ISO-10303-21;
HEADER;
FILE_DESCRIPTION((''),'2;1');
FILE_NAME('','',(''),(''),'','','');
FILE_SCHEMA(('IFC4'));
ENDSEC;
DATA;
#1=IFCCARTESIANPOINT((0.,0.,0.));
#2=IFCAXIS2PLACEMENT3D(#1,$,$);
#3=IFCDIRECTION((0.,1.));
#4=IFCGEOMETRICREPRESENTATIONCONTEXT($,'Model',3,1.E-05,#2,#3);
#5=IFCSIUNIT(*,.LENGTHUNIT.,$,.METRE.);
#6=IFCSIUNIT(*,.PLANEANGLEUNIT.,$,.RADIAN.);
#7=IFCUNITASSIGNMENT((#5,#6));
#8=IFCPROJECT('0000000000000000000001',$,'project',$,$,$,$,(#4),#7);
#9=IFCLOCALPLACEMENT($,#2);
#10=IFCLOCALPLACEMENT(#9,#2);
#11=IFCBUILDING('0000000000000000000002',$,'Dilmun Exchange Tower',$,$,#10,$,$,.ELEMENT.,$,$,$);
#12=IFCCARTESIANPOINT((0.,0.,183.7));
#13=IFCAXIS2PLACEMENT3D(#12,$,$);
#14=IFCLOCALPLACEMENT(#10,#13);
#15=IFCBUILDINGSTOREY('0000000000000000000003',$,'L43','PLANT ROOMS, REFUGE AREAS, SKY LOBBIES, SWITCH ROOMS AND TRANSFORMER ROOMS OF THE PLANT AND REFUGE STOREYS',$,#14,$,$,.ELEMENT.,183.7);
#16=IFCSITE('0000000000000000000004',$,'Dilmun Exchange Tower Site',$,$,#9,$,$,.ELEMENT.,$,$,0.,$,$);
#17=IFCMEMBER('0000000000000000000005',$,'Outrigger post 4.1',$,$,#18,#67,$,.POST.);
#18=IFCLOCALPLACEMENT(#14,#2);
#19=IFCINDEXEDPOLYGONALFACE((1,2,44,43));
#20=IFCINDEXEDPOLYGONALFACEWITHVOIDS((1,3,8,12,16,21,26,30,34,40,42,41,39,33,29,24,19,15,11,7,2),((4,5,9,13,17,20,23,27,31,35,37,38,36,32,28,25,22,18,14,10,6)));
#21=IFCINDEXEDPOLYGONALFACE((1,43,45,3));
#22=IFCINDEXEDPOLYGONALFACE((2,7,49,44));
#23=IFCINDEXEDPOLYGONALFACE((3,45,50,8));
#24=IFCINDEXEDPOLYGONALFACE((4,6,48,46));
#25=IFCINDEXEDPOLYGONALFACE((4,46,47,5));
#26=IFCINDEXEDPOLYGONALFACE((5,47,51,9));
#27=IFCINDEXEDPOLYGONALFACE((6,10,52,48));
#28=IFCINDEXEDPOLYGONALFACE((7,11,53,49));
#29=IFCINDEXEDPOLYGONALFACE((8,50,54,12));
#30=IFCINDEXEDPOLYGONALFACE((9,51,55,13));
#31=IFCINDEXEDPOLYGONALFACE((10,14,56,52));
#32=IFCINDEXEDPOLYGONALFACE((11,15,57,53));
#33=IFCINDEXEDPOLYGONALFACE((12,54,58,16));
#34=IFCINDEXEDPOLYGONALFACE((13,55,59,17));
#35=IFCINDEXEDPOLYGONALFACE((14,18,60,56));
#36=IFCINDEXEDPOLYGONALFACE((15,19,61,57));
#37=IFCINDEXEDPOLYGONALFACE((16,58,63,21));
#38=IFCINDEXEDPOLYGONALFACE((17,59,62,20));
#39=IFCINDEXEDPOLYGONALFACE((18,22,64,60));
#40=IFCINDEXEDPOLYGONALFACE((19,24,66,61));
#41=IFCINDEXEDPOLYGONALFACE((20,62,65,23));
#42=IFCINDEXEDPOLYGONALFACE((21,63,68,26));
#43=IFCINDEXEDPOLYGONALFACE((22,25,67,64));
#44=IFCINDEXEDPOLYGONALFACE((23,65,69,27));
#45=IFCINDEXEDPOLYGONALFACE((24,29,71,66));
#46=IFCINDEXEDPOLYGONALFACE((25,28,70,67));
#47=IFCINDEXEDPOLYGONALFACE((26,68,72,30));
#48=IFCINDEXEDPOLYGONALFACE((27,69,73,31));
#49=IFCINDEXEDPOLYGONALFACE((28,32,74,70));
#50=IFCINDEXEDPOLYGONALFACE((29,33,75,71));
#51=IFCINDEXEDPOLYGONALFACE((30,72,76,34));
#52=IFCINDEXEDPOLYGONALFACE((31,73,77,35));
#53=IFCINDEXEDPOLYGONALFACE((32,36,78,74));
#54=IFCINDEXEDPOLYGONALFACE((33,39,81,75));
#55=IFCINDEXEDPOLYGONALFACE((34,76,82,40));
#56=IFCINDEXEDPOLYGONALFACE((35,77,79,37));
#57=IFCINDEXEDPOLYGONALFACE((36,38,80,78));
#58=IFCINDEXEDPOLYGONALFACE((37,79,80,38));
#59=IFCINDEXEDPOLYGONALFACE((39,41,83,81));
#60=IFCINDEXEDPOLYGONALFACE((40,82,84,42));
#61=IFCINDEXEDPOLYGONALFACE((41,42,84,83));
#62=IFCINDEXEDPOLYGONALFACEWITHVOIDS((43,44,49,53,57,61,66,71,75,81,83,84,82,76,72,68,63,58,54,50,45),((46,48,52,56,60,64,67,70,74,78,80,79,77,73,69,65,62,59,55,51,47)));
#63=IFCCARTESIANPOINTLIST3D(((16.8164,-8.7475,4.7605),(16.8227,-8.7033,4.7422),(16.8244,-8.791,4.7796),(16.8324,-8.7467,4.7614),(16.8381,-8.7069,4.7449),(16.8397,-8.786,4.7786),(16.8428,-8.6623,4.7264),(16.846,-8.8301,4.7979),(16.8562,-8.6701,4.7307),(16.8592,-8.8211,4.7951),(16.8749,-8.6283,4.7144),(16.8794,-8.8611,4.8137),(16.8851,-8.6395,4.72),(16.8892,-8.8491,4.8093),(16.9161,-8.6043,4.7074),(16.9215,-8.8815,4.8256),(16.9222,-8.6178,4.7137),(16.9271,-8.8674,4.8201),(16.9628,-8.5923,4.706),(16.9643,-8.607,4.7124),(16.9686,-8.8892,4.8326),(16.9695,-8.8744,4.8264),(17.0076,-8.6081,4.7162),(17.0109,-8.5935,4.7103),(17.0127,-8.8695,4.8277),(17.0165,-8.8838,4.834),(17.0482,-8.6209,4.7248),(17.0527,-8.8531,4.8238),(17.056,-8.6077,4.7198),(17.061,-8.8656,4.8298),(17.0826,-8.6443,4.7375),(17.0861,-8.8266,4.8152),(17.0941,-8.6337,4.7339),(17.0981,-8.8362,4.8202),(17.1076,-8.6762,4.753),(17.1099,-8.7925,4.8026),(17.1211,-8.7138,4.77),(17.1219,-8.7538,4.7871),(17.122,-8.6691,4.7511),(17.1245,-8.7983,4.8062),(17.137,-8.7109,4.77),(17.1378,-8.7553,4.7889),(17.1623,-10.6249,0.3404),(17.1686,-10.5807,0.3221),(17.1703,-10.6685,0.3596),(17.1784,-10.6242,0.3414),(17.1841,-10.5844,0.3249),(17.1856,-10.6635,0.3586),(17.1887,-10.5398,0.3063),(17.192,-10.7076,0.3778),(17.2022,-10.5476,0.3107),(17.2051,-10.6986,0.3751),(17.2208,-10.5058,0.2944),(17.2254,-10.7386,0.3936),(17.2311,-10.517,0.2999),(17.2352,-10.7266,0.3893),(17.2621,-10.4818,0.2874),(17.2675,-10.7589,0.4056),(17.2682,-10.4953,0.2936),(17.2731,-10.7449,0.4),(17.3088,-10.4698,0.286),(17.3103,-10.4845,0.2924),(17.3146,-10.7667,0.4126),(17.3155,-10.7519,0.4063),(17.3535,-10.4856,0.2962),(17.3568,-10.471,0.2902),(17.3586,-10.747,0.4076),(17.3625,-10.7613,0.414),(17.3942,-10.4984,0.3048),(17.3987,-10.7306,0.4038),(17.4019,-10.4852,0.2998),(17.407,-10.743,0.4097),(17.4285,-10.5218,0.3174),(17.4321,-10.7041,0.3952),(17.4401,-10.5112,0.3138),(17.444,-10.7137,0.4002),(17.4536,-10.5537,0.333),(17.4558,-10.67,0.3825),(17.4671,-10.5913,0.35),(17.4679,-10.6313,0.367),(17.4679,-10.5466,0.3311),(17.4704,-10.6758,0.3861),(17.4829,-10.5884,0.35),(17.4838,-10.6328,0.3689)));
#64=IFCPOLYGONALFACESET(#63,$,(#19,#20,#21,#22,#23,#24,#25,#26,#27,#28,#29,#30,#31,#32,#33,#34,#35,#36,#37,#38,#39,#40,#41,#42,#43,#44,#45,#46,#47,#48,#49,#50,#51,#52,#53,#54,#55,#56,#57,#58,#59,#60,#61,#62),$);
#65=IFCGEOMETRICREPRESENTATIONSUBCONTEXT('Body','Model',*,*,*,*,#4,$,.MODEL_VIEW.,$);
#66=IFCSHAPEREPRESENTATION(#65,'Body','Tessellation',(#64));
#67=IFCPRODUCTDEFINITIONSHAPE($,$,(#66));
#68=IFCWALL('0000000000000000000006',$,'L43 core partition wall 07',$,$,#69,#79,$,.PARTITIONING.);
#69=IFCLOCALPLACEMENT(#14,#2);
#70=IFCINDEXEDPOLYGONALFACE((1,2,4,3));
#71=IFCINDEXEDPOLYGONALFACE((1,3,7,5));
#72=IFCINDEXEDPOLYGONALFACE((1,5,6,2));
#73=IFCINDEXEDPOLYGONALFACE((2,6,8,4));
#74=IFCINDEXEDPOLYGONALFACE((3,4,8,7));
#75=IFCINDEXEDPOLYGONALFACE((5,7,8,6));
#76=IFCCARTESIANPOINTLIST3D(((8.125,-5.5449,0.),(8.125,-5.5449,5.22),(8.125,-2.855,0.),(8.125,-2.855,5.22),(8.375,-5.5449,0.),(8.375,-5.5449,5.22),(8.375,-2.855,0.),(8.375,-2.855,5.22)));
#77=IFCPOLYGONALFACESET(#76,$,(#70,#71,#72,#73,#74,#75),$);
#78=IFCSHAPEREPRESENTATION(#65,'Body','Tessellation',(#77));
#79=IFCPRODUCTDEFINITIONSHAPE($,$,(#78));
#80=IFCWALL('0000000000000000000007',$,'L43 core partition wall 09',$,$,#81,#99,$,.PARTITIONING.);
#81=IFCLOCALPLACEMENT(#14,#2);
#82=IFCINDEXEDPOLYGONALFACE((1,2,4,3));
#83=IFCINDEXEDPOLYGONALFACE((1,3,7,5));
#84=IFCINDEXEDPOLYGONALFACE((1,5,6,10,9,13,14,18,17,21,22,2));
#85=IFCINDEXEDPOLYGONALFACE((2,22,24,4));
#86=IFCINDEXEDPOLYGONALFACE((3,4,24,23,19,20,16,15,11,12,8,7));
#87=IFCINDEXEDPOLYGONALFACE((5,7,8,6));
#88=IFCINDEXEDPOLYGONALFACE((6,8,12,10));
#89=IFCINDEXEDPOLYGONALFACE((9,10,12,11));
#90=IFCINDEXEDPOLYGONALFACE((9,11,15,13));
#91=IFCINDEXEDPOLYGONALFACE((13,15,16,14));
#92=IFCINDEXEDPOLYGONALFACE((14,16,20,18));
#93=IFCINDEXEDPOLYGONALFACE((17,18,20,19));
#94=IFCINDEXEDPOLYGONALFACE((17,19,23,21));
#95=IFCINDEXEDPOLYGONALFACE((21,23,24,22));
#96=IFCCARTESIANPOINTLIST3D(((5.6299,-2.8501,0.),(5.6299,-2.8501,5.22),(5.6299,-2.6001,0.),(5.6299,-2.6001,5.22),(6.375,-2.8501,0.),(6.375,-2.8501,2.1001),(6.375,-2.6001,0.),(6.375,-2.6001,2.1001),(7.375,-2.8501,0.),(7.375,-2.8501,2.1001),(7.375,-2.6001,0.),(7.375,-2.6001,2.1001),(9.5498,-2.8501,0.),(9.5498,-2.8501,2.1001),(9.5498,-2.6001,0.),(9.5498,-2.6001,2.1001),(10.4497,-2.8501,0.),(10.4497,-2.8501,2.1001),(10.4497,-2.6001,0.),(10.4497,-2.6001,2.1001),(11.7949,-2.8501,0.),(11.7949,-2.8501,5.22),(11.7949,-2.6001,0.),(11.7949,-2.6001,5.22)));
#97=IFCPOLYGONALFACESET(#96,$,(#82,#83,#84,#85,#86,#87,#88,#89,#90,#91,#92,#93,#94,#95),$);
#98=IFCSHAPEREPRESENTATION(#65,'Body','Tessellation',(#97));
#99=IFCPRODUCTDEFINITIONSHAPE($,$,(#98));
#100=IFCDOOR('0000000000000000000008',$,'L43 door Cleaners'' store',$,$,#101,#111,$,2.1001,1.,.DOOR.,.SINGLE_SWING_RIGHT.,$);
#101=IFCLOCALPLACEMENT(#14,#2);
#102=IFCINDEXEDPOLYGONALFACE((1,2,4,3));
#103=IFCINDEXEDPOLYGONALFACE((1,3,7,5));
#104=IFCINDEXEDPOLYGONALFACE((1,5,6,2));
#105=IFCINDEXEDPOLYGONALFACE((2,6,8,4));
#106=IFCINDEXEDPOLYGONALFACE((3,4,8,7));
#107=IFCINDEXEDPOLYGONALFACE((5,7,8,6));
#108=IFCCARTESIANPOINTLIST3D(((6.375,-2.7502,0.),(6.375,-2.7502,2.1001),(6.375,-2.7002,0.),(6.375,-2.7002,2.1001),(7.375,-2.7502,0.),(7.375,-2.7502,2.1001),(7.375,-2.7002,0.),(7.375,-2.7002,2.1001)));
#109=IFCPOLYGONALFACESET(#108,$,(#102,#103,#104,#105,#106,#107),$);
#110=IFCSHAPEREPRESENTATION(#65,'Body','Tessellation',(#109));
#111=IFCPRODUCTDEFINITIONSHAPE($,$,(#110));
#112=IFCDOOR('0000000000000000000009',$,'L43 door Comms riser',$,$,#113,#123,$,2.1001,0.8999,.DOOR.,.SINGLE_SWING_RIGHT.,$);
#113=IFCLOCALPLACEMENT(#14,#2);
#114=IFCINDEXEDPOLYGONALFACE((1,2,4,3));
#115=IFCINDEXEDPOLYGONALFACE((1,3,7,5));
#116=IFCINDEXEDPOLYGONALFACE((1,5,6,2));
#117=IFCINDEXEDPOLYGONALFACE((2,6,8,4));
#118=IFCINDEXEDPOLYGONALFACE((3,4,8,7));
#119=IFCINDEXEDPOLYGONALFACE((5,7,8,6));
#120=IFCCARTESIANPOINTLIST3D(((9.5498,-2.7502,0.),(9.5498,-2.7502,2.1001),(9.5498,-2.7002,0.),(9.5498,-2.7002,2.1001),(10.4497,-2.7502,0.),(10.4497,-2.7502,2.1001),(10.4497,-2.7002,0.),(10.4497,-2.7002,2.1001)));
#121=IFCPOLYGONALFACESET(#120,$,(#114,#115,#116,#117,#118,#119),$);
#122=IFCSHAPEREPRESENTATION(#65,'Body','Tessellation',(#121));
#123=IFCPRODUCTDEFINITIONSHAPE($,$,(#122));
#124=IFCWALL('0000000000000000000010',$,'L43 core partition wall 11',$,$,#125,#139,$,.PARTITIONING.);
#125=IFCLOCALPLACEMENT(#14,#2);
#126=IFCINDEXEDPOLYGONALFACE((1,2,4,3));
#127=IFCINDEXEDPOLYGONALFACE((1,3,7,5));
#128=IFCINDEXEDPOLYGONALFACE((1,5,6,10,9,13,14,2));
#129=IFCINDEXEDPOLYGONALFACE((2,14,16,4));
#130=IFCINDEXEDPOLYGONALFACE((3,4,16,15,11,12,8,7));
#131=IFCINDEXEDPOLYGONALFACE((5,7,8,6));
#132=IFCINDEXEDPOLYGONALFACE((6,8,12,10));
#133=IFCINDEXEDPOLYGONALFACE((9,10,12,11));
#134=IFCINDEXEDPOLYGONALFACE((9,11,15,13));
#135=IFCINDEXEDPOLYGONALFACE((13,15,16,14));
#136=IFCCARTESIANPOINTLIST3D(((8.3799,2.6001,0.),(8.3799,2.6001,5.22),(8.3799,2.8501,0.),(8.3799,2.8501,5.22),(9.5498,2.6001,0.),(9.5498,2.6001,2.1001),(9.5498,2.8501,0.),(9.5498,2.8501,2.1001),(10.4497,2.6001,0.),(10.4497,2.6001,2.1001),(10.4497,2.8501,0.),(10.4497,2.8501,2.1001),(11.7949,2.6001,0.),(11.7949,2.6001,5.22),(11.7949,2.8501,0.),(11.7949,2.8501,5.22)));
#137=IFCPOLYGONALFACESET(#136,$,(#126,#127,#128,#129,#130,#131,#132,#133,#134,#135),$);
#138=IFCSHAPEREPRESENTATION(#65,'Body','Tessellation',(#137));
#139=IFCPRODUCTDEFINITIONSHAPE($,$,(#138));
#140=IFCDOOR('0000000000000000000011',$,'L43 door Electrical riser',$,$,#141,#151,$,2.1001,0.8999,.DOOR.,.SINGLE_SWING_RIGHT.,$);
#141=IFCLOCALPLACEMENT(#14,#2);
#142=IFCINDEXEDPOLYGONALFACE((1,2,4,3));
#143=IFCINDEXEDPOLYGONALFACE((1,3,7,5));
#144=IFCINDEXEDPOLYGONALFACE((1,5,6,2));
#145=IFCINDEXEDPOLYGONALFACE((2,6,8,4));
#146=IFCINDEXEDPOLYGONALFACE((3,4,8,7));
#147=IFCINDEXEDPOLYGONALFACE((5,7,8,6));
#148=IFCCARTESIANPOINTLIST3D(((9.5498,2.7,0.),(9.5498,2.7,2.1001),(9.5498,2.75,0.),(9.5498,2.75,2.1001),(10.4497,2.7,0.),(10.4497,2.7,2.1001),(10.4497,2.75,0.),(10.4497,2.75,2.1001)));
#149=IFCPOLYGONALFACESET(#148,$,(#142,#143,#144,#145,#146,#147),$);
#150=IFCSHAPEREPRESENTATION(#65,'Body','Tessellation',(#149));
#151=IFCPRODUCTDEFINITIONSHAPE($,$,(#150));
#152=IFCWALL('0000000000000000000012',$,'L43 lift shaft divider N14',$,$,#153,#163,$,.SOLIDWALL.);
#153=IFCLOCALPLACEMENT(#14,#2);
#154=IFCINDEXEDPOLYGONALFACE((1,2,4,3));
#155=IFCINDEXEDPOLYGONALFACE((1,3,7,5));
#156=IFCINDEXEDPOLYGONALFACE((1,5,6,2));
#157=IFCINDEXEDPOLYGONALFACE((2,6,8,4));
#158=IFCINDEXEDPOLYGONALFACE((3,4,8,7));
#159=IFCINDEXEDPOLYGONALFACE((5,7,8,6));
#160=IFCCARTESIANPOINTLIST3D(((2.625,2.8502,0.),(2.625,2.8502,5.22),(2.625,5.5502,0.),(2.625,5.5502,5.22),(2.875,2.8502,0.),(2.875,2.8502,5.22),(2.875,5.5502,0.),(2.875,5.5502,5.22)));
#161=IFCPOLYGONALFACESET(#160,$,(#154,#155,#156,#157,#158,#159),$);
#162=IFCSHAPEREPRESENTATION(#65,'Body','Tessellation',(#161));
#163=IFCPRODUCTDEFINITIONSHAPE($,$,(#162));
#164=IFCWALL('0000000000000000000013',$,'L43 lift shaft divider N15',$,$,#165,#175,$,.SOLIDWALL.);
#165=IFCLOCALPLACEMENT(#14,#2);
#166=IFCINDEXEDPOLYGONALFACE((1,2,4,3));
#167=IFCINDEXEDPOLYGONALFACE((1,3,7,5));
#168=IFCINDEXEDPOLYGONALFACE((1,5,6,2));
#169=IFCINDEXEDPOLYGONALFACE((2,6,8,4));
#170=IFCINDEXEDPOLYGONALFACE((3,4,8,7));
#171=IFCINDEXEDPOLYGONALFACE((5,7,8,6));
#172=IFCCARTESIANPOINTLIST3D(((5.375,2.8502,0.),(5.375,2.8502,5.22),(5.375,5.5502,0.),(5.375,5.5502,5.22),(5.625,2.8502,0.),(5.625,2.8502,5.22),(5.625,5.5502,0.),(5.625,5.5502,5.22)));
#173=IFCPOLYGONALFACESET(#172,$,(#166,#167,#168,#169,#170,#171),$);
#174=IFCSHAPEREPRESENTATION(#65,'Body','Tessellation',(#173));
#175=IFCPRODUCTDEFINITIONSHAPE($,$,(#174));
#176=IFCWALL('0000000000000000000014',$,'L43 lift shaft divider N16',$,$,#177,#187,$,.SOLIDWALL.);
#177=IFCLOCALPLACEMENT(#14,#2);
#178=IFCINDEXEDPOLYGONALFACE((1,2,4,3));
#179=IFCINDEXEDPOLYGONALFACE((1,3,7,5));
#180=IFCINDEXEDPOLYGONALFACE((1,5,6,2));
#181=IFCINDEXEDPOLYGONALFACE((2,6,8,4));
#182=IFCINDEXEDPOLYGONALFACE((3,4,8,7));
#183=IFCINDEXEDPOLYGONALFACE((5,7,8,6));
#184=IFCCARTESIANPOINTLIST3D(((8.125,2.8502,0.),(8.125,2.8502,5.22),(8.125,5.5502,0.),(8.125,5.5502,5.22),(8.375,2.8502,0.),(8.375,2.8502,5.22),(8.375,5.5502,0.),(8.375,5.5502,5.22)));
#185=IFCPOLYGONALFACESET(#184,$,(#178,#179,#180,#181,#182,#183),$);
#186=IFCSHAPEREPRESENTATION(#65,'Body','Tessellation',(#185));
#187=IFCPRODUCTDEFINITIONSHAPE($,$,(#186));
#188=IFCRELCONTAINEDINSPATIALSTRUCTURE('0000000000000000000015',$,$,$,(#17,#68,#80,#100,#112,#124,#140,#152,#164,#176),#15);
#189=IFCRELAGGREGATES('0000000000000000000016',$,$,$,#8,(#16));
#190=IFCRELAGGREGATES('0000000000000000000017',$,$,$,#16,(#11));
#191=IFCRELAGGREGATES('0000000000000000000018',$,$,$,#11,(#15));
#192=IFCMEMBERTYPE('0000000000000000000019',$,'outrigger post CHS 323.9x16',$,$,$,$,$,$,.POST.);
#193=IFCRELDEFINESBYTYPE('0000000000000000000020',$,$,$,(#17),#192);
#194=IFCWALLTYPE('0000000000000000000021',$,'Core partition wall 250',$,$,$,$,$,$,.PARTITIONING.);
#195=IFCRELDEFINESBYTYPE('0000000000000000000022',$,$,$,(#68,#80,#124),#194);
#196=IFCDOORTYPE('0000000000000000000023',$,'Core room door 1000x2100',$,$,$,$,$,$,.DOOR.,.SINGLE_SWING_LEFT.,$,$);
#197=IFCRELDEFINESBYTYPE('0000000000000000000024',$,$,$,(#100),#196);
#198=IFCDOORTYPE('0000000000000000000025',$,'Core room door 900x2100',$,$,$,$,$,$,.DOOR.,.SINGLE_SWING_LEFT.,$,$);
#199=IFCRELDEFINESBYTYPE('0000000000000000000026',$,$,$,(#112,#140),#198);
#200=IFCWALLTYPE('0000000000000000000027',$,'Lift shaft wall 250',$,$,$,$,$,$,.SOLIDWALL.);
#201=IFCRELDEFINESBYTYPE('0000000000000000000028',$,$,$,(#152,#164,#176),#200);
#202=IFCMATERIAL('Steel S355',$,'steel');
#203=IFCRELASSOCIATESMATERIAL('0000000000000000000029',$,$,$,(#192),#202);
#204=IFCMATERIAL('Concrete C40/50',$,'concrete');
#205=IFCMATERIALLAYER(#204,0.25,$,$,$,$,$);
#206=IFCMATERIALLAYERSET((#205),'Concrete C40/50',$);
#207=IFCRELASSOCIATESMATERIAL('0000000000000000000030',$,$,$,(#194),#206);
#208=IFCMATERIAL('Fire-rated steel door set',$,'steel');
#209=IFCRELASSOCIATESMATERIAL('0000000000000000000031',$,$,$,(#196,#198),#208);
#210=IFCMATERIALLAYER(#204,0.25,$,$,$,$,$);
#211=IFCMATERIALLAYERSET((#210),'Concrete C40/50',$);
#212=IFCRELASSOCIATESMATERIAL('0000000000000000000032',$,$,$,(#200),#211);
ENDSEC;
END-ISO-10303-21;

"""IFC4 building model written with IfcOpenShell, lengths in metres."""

from ifc_helpers import new_model, si_unit, direction, frame, frame_2d, origin, origin_2d, place, context, subcontext, project, spatial, rectangle, hollow_circle, extrude, material, layer, layer_set, material_profile, profile_set, type_object, element, fill, save


model = new_model("IFC4")

# Units and contexts
model_context = context("Model", 3, precision=1e-05, world=origin(), true_north=direction((0.0, 1.0)))
body_context = subcontext(model_context, "Body", "Model", "MODEL_VIEW")
ifc_project = project(units=[si_unit("LENGTHUNIT", "METRE"), si_unit("PLANEANGLEUNIT", "RADIAN")], contexts=[model_context])

# Site, building, storey
site_placement = place(None, origin())
site = spatial("IfcSite", under=ifc_project, at=site_placement, Name="Dilmun Exchange Tower Site", CompositionType="ELEMENT", RefElevation=0.0)
building_placement = place(site_placement, origin())
building = spatial("IfcBuilding", under=site, at=building_placement, Name="Dilmun Exchange Tower", CompositionType="ELEMENT")
storey_placement = place(building_placement, frame((0.0, 0.0, 183.7)))
storey = spatial("IfcBuildingStorey", under=building, at=storey_placement, Name="L43", Description="PLANT ROOMS, REFUGE AREAS, SKY LOBBIES, SWITCH ROOMS AND TRANSFORMER ROOMS OF THE PLANT AND REFUGE STOREYS", CompositionType="ELEMENT", Elevation=183.7)

# Member
ifc_material_1 = material(Name="Steel S355", Category="steel")
ifc_material_profile = material_profile(ifc_material_1, hollow_circle(Radius=0.1619, WallThickness=0.0161, at=origin_2d()), Name="CHS 323.9x16")
ifc_profile_set = profile_set([ifc_material_profile], Name="Steel S355")
member_type = type_object("IfcMemberType", Name="outrigger post CHS 323.9x16", PredefinedType="POST", material=ifc_profile_set)
member_placement = place(storey_placement, frame((16.9778, -8.7402, 4.77), z_axis=(0.071854, -0.389949, -0.918029), x_axis=(0.983444, 0.181215, 0.0)))
element("IfcMember", 1, at=member_placement, inside=storey, type_object=member_type, Name="Outrigger post 4.1", PredefinedType="POST", context=body_context, shape_type="SweptSolid", body=[
    extrude(hollow_circle(Radius=0.1619, WallThickness=0.0161, at=origin_2d()), origin(), (0.0, 0.0, 1.0), 4.8147),
])

# Wall
ifc_material_2 = material(Name="Concrete C40/50", Category="concrete")
ifc_layer_1 = layer(ifc_material_2, 0.25)
ifc_layer_set_1 = layer_set([ifc_layer_1], Name="Concrete C40/50")
wall_type_1 = type_object("IfcWallType", Name="Core partition wall 250", PredefinedType="PARTITIONING", material=ifc_layer_set_1)
wall_1_placement = place(storey_placement, frame((8.25, -5.5449, 0.0), z_axis=(0.0, 0.0, 1.0), x_axis=(0.0, 1.0, 0.0)))
element("IfcWall", 2, at=wall_1_placement, inside=storey, type_object=wall_type_1, Name="L43 core partition wall 07", PredefinedType="PARTITIONING", context=body_context, shape_type="SweptSolid", body=[
    extrude(rectangle(XDim=2.6899, YDim=0.25, at=frame_2d((1.345, 0.0))), origin(), (0.0, 0.0, 1.0), 5.22),
])

# Wall, openings, doors
wall_2_placement = place(storey_placement, frame((5.6299, -2.7251, 0.0), z_axis=(0.0, 0.0, 1.0), x_axis=(1.0, 0.0, 0.0)))
wall_2 = element("IfcWall", 3, at=wall_2_placement, inside=storey, type_object=wall_type_1, Name="L43 core partition wall 09", PredefinedType="PARTITIONING", context=body_context, shape_type="SweptSolid", body=[
    extrude(rectangle(XDim=6.165, YDim=0.25, at=frame_2d((3.0825, 0.0))), origin(), (0.0, 0.0, 1.0), 5.22),
])
opening_1_placement = place(wall_2_placement, frame((0.7451, 0.0, 0.0)))
opening_1 = element("IfcOpeningElement", 4, at=opening_1_placement, cuts=wall_2, PredefinedType="OPENING", context=body_context, shape_type="SweptSolid", body=[
    extrude(rectangle(XDim=1.0, YDim=2.1001, at=frame_2d((0.5, 1.05))), frame((0.0, 0.135, 0.0), z_axis=(0.0, -1.0, 0.0), x_axis=(1.0, 0.0, 0.0)), (0.0, 0.0, 1.0), 0.27),
])
opening_2_placement = place(wall_2_placement, frame((3.9199, 0.0, 0.0)))
opening_2 = element("IfcOpeningElement", 5, at=opening_2_placement, cuts=wall_2, PredefinedType="OPENING", context=body_context, shape_type="SweptSolid", body=[
    extrude(rectangle(XDim=0.8999, YDim=2.1001, at=frame_2d((0.45, 1.05))), frame((0.0, 0.135, 0.0), z_axis=(0.0, -1.0, 0.0), x_axis=(1.0, 0.0, 0.0)), (0.0, 0.0, 1.0), 0.27),
])
ifc_material_3 = material(Name="Fire-rated steel door set", Category="steel")
door_type_1 = type_object("IfcDoorType", Name="Core room door 1000x2100", OperationType="SINGLE_SWING_LEFT", PredefinedType="DOOR", material=ifc_material_3)
door_1_placement = place(opening_1_placement, origin())
door_1 = element("IfcDoor", 6, at=door_1_placement, inside=storey, type_object=door_type_1, Name="L43 door Cleaners' store", OperationType="SINGLE_SWING_RIGHT", OverallHeight=2.1001, OverallWidth=1.0, PredefinedType="DOOR", context=body_context, shape_type="SweptSolid", body=[
    extrude(rectangle(XDim=1.0, YDim=2.1001, at=frame_2d((0.5, 1.05))), frame((0.0, 0.0249, 0.0), z_axis=(0.0, -1.0, 0.0), x_axis=(1.0, 0.0, 0.0)), (0.0, 0.0, 1.0), 0.05),
])
fill(opening_1, door_1)
door_type_2 = type_object("IfcDoorType", Name="Core room door 900x2100", OperationType="SINGLE_SWING_LEFT", PredefinedType="DOOR", material=ifc_material_3)
door_2_placement = place(opening_2_placement, origin())
door_2 = element("IfcDoor", 7, at=door_2_placement, inside=storey, type_object=door_type_2, Name="L43 door Comms riser", OperationType="SINGLE_SWING_RIGHT", OverallHeight=2.1001, OverallWidth=0.8999, PredefinedType="DOOR", context=body_context, shape_type="SweptSolid", body=[
    extrude(rectangle(XDim=0.8999, YDim=2.1001, at=frame_2d((0.45, 1.05))), frame((0.0, 0.0249, 0.0), z_axis=(0.0, -1.0, 0.0), x_axis=(1.0, 0.0, 0.0)), (0.0, 0.0, 1.0), 0.05),
])
fill(opening_2, door_2)

# Wall, opening, door
wall_3_placement = place(storey_placement, frame((8.3799, 2.7251, 0.0), z_axis=(0.0, 0.0, 1.0), x_axis=(1.0, 0.0, 0.0)))
wall_3 = element("IfcWall", 8, at=wall_3_placement, inside=storey, type_object=wall_type_1, Name="L43 core partition wall 11", PredefinedType="PARTITIONING", context=body_context, shape_type="SweptSolid", body=[
    extrude(rectangle(XDim=3.415, YDim=0.25, at=frame_2d((1.7075, 0.0))), origin(), (0.0, 0.0, 1.0), 5.22),
])
opening_3_placement = place(wall_3_placement, frame((1.1699, 0.0, 0.0)))
opening_3 = element("IfcOpeningElement", 9, at=opening_3_placement, cuts=wall_3, PredefinedType="OPENING", context=body_context, shape_type="SweptSolid", body=[
    extrude(rectangle(XDim=0.8999, YDim=2.1001, at=frame_2d((0.45, 1.05))), frame((0.0, 0.135, 0.0), z_axis=(0.0, -1.0, 0.0), x_axis=(1.0, 0.0, 0.0)), (0.0, 0.0, 1.0), 0.27),
])
door_3_placement = place(opening_3_placement, origin())
door_3 = element("IfcDoor", 10, at=door_3_placement, inside=storey, type_object=door_type_2, Name="L43 door Electrical riser", OperationType="SINGLE_SWING_RIGHT", OverallHeight=2.1001, OverallWidth=0.8999, PredefinedType="DOOR", context=body_context, shape_type="SweptSolid", body=[
    extrude(rectangle(XDim=0.8999, YDim=2.1001, at=frame_2d((0.45, 1.05))), frame((0.0, 0.0249, 0.0), z_axis=(0.0, -1.0, 0.0), x_axis=(1.0, 0.0, 0.0)), (0.0, 0.0, 1.0), 0.05),
])
fill(opening_3, door_3)

# Walls
ifc_layer_2 = layer(ifc_material_2, 0.25)
ifc_layer_set_2 = layer_set([ifc_layer_2], Name="Concrete C40/50")
wall_type_2 = type_object("IfcWallType", Name="Lift shaft wall 250", PredefinedType="SOLIDWALL", material=ifc_layer_set_2)
for number, where, z_axis, x_axis, name in (
    (11, (2.75, 2.8501, 0.0), (0.0, 0.0, 1.0), (0.0, 1.0, 0.0), "L43 lift shaft divider N14"),
    (12, (5.5, 2.8501, 0.0), (0.0, 0.0, 1.0), (0.0, 1.0, 0.0), "L43 lift shaft divider N15"),
    (13, (8.25, 2.8501, 0.0), (0.0, 0.0, 1.0), (0.0, 1.0, 0.0), "L43 lift shaft divider N16"),
):
    element("IfcWall", number, at=place(storey_placement, frame(where, z_axis=z_axis, x_axis=x_axis)), inside=storey, type_object=wall_type_2, Name=name, PredefinedType="SOLIDWALL", context=body_context, shape_type="SweptSolid", body=[
        extrude(rectangle(XDim=2.7, YDim=0.25, at=frame_2d((1.3501, 0.0))), origin(), (0.0, 0.0, 1.0), 5.22),
    ])

save(model, "model.ifc")
